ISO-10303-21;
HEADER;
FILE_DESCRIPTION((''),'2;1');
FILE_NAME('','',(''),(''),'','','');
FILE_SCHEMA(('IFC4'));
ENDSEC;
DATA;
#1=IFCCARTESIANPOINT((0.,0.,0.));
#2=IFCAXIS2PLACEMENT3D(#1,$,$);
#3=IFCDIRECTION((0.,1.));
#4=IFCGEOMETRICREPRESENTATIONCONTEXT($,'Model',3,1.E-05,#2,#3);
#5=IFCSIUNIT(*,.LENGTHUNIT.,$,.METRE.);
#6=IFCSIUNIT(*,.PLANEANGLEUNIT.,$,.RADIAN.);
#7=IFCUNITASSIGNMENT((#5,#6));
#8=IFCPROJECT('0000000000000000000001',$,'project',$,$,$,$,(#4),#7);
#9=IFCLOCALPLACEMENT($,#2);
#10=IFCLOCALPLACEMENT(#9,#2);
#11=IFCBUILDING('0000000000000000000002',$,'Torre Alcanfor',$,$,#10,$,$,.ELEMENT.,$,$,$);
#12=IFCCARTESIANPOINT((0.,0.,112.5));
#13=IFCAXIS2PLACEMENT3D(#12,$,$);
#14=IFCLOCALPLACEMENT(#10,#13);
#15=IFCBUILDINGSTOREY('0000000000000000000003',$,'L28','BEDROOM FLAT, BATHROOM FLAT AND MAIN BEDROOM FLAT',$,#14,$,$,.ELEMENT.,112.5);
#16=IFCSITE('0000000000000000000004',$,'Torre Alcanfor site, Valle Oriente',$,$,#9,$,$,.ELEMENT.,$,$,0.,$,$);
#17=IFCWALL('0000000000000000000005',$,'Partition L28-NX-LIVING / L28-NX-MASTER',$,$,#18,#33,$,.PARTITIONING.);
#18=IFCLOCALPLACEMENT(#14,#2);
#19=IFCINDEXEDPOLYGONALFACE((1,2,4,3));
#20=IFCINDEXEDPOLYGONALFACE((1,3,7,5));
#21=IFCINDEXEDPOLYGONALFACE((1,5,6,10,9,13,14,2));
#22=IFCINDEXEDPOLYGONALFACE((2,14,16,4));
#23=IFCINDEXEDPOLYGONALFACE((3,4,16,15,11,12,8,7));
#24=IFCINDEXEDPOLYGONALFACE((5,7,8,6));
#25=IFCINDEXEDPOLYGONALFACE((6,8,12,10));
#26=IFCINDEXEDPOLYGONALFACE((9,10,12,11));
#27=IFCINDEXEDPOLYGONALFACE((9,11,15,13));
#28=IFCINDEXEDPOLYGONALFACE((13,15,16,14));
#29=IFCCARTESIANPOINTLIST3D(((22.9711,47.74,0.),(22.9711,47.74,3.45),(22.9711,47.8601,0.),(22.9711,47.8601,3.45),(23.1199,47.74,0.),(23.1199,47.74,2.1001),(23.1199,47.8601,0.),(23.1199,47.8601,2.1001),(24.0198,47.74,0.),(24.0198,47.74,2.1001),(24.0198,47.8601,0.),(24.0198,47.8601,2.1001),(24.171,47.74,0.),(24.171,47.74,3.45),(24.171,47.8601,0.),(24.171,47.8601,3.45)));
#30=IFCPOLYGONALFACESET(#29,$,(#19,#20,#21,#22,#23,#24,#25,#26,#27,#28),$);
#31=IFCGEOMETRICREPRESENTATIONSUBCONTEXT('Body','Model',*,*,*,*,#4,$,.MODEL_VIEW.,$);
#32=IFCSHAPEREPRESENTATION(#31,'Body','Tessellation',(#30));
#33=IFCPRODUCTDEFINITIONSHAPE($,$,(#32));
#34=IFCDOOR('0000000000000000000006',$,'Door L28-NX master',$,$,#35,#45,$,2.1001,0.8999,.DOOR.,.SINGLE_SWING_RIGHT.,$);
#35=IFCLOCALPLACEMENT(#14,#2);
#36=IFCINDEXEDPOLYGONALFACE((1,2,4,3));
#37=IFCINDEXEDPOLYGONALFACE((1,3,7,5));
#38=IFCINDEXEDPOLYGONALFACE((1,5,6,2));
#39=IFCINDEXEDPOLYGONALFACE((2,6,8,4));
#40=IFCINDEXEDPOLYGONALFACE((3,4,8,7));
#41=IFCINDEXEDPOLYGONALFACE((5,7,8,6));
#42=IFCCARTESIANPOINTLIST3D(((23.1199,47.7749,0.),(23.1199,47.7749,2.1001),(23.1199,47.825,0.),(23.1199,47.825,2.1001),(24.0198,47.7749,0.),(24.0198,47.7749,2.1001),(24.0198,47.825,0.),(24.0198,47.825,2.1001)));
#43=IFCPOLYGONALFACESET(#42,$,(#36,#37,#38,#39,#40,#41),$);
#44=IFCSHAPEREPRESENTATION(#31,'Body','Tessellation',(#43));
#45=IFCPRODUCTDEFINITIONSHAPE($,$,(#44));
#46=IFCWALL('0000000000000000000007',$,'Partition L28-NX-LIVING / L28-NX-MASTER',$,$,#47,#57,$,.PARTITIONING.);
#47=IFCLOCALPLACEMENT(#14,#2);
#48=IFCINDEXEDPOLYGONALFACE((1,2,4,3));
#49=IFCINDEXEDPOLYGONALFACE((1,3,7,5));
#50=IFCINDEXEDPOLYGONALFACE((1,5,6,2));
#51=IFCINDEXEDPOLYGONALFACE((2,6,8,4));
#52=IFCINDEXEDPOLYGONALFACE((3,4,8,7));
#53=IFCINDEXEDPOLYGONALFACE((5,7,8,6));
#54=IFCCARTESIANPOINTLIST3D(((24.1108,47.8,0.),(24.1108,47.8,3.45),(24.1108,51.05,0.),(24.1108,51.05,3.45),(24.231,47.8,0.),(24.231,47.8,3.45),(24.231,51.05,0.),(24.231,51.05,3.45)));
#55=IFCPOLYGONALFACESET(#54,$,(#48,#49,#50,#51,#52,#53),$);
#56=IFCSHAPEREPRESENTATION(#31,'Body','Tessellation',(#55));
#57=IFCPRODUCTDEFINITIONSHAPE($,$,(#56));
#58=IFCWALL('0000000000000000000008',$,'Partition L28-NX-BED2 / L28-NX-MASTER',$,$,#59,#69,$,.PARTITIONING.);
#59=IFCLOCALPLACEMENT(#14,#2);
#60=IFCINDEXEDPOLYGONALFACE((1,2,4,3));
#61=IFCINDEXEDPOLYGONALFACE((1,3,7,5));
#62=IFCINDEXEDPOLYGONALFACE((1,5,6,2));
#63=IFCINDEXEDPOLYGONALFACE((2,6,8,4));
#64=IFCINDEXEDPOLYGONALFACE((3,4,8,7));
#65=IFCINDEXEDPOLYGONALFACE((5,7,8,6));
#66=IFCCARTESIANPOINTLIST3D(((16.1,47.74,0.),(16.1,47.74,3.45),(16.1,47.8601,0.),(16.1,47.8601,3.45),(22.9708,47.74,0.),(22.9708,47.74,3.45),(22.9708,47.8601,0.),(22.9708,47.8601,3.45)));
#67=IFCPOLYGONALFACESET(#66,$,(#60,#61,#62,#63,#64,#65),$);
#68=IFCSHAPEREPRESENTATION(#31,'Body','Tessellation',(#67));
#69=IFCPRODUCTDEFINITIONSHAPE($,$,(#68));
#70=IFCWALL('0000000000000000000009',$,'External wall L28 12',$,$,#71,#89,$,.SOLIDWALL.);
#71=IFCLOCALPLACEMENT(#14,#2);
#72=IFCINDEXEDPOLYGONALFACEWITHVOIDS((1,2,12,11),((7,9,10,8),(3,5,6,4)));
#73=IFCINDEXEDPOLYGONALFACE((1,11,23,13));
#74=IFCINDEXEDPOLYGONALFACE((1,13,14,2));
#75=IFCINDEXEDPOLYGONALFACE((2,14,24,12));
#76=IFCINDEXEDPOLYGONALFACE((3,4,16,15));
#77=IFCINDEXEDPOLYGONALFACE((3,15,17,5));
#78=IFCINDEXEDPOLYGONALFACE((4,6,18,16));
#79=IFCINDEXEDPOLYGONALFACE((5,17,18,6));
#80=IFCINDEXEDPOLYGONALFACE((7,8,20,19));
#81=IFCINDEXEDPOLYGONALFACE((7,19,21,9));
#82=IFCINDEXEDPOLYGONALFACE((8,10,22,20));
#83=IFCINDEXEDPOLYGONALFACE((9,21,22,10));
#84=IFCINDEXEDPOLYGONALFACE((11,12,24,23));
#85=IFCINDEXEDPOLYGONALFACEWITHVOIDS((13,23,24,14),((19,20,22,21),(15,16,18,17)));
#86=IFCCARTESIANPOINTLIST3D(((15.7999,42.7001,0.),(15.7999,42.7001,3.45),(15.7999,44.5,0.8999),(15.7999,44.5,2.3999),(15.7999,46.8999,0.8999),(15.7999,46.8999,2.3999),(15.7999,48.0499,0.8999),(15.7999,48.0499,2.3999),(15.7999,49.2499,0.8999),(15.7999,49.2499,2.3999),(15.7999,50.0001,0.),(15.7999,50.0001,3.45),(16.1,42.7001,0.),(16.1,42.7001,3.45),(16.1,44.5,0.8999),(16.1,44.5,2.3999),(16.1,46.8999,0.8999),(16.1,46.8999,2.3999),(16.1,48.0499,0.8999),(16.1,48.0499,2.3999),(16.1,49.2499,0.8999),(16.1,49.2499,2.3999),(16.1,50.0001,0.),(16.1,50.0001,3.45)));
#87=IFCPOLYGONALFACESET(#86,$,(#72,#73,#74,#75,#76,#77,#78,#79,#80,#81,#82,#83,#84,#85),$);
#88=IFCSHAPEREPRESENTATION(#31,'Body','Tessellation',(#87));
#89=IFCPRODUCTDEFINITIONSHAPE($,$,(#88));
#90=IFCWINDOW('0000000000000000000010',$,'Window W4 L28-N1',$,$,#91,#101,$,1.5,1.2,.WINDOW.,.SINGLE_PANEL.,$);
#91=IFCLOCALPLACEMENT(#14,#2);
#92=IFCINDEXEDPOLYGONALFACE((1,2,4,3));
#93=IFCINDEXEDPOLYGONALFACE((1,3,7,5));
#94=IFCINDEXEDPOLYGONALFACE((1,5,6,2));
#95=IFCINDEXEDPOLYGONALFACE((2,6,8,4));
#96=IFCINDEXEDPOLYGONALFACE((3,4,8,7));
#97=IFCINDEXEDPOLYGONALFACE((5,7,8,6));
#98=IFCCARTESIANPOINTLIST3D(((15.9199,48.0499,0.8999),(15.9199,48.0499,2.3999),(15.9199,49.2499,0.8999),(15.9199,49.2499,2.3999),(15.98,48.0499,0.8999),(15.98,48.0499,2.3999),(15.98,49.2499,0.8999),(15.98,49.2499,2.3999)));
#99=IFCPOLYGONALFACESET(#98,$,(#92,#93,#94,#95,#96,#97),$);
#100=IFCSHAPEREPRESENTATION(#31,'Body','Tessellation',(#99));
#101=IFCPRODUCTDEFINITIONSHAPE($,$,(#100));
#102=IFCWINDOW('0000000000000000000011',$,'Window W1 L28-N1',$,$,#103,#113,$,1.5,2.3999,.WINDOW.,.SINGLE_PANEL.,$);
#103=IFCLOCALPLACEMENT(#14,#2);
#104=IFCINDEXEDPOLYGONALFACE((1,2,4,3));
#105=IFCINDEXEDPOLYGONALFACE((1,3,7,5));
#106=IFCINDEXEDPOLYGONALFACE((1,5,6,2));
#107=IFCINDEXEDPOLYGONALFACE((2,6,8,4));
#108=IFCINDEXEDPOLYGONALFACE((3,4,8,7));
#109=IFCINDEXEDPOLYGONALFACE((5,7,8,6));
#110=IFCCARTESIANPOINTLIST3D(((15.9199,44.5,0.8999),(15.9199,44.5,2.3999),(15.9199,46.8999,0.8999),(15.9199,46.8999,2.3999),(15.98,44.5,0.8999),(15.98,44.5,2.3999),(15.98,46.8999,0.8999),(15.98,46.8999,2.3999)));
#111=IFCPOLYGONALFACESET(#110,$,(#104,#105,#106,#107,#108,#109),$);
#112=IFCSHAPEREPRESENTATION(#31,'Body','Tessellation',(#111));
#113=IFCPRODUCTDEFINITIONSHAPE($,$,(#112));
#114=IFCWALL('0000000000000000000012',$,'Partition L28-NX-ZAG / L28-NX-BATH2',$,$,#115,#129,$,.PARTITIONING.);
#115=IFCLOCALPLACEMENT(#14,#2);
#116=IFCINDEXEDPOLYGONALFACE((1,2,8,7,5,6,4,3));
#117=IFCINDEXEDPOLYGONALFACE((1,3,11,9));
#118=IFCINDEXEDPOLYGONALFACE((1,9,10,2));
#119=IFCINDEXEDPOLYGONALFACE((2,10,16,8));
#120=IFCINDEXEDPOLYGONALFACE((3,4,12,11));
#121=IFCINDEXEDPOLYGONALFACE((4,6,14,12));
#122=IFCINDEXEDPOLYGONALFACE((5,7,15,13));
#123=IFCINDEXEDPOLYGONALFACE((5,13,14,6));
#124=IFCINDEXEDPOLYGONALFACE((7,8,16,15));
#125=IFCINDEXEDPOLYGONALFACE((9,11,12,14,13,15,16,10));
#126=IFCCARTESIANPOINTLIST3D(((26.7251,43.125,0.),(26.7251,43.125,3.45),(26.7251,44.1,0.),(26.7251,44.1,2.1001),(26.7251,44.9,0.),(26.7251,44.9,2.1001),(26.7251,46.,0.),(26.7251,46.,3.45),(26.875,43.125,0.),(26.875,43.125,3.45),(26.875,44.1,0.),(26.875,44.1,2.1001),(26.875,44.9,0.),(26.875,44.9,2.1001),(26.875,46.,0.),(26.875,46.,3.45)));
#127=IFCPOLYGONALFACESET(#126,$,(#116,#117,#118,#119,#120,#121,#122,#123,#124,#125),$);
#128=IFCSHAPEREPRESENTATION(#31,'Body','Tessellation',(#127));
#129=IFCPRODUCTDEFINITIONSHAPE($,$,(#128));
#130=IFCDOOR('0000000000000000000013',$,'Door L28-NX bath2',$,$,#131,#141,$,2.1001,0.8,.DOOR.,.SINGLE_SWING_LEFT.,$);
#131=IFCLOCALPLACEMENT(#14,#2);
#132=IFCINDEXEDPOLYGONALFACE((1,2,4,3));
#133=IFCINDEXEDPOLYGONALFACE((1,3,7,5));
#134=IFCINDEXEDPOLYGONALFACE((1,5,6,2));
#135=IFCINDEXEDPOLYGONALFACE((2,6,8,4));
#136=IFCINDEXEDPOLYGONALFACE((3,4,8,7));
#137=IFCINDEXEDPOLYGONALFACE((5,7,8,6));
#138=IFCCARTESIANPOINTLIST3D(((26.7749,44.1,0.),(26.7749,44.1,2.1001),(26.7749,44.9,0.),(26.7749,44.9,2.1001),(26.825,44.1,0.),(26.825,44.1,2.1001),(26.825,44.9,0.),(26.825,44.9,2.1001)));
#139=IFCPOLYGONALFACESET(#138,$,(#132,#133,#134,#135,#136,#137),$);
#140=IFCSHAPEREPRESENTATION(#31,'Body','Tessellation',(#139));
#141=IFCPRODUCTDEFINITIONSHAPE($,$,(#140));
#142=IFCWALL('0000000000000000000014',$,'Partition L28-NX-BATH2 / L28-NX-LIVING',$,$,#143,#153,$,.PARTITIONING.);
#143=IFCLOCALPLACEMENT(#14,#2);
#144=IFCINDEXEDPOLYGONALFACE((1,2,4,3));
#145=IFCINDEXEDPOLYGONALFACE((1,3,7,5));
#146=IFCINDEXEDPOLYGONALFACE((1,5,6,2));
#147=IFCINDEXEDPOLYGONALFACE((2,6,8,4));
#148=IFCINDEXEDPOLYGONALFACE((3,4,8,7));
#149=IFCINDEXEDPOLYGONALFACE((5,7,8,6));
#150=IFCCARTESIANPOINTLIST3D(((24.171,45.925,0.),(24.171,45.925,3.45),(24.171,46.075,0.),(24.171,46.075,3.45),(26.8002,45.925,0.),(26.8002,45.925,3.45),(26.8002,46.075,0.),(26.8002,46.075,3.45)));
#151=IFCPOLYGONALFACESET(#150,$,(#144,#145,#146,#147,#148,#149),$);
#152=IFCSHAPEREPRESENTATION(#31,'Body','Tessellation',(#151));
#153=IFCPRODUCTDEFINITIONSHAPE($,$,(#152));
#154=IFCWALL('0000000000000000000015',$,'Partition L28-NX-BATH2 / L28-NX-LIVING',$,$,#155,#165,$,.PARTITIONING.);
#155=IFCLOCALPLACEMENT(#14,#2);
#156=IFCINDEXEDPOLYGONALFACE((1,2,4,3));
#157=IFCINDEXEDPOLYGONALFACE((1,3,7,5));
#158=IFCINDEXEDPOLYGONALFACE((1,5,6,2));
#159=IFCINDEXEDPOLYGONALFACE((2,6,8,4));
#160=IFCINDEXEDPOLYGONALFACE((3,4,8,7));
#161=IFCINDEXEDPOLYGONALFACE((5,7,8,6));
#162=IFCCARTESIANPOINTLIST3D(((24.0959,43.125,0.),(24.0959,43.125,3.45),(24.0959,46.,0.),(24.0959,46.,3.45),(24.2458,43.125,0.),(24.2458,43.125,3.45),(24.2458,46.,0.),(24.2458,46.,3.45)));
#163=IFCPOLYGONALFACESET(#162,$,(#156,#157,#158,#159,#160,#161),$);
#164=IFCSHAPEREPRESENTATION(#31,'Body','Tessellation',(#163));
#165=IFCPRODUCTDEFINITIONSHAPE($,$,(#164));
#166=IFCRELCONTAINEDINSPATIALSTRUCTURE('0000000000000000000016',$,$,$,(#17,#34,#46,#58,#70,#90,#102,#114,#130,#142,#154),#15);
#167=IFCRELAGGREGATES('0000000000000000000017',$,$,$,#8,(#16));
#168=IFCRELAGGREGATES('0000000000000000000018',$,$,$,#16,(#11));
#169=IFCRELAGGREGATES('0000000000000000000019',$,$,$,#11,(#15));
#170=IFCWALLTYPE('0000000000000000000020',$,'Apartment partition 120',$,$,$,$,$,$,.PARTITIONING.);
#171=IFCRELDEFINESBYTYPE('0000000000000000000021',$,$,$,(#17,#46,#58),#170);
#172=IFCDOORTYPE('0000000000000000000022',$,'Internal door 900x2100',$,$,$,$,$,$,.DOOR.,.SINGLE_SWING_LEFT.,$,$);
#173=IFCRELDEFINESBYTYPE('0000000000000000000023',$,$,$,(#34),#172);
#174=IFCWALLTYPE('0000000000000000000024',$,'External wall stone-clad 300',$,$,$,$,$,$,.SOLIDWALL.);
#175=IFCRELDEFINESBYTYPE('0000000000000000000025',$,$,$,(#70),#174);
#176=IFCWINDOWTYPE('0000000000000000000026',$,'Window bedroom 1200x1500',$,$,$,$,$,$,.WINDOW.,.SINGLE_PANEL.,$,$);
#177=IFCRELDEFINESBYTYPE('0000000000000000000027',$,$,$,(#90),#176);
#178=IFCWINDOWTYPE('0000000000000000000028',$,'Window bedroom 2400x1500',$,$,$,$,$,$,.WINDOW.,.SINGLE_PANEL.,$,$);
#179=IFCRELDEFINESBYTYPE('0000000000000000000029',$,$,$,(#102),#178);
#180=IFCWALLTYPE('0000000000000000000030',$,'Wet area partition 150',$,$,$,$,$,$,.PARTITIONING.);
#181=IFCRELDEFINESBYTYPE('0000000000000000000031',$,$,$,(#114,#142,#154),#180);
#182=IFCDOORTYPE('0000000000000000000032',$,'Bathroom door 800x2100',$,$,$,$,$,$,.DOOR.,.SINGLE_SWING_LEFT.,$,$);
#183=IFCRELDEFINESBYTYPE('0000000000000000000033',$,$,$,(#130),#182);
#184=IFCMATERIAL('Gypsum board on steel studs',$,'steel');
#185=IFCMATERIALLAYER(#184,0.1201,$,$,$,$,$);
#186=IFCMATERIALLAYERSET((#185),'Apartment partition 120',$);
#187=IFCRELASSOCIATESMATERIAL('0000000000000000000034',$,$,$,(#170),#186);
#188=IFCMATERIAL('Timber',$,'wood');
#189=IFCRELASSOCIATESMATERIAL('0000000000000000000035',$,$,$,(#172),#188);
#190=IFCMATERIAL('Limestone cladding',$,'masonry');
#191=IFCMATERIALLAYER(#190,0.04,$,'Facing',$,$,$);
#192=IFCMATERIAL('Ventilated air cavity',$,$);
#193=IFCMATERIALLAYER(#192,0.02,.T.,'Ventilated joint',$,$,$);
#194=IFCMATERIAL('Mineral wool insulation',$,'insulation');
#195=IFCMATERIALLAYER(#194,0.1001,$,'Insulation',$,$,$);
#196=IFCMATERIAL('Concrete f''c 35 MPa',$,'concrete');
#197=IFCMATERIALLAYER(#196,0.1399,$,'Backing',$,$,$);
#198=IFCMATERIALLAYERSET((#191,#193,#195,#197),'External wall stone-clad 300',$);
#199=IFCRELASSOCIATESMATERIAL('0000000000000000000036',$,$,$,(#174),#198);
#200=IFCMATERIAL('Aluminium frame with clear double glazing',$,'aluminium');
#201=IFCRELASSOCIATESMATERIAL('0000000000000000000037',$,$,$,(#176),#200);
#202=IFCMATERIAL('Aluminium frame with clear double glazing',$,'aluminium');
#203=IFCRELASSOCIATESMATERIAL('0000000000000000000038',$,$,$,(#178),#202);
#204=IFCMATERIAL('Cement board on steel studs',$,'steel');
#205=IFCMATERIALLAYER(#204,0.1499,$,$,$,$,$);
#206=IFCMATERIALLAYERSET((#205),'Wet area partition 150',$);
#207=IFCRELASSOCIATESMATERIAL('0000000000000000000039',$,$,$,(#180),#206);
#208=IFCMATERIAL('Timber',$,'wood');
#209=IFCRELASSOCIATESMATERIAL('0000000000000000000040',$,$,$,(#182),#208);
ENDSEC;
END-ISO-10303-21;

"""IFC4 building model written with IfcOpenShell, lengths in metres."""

from ifc_helpers import new_model, si_unit, direction, frame, frame_2d, origin, place, context, subcontext, project, spatial, rectangle, extrude, material, layer, layer_set, type_object, element, fill, save


model = new_model("IFC4")

# Units and contexts
model_context = context("Model", 3, precision=1e-05, world=origin(), true_north=direction((0.0, 1.0)))
body_context = subcontext(model_context, "Body", "Model", "MODEL_VIEW")
ifc_project = project(units=[si_unit("LENGTHUNIT", "METRE"), si_unit("PLANEANGLEUNIT", "RADIAN")], contexts=[model_context])

# Site, building, storey
site_placement = place(None, origin())
site = spatial("IfcSite", under=ifc_project, at=site_placement, Name="Torre Alcanfor site, Valle Oriente", CompositionType="ELEMENT", RefElevation=0.0)
building_placement = place(site_placement, origin())
building = spatial("IfcBuilding", under=site, at=building_placement, Name="Torre Alcanfor", CompositionType="ELEMENT")
storey_placement = place(building_placement, frame((0.0, 0.0, 112.5)))
storey = spatial("IfcBuildingStorey", under=building, at=storey_placement, Name="L28", Description="BEDROOM FLAT, BATHROOM FLAT AND MAIN BEDROOM FLAT", CompositionType="ELEMENT", Elevation=112.5)

# Wall, opening, door
ifc_material_1 = material(Name="Gypsum board on steel studs", Category="steel")
ifc_layer_1 = layer(ifc_material_1, 0.1201)
ifc_layer_set_1 = layer_set([ifc_layer_1], Name="Apartment partition 120")
wall_type_1 = type_object("IfcWallType", Name="Apartment partition 120", PredefinedType="PARTITIONING", material=ifc_layer_set_1)
ifc_material_2 = material(Name="Timber", Category="wood")
door_type_1 = type_object("IfcDoorType", Name="Internal door 900x2100", OperationType="SINGLE_SWING_LEFT", PredefinedType="DOOR", material=ifc_material_2)
wall_1_placement = place(storey_placement, frame((22.9709, 47.8, 0.0), z_axis=(0.0, 0.0, 1.0), x_axis=(1.0, 0.0, 0.0)))
wall_1 = element("IfcWall", 1, at=wall_1_placement, inside=storey, type_object=wall_type_1, Name="Partition L28-NX-LIVING / L28-NX-MASTER", PredefinedType="PARTITIONING", context=body_context, shape_type="SweptSolid", body=[
    extrude(rectangle(XDim=1.2, YDim=0.1201, at=frame_2d((0.6001, 0.0))), origin(), (0.0, 0.0, 1.0), 3.45),
])
opening_1_placement = place(wall_1_placement, frame((0.1489, 0.0, 0.0)))
opening_1 = element("IfcOpeningElement", 2, at=opening_1_placement, cuts=wall_1, PredefinedType="OPENING", context=body_context, shape_type="SweptSolid", body=[
    extrude(rectangle(XDim=0.8999, YDim=2.1001, at=frame_2d((0.45, 1.05))), frame((0.0, 0.0701, 0.0), z_axis=(0.0, -1.0, 0.0), x_axis=(1.0, 0.0, 0.0)), (0.0, 0.0, 1.0), 0.1401),
])
door_1_placement = place(opening_1_placement, origin())
door_1 = element("IfcDoor", 3, at=door_1_placement, inside=storey, type_object=door_type_1, Name="Door L28-NX master", OperationType="SINGLE_SWING_RIGHT", OverallHeight=2.1001, OverallWidth=0.8999, PredefinedType="DOOR", context=body_context, shape_type="SweptSolid", body=[
    extrude(rectangle(XDim=0.8999, YDim=2.1001, at=frame_2d((0.45, 1.05))), frame((0.0, 0.0249, 0.0), z_axis=(0.0, -1.0, 0.0), x_axis=(1.0, 0.0, 0.0)), (0.0, 0.0, 1.0), 0.05),
])
fill(opening_1, door_1)

# Walls
wall_2_placement = place(storey_placement, frame((24.1709, 47.8, 0.0), z_axis=(0.0, 0.0, 1.0), x_axis=(0.0, 1.0, 0.0)))
element("IfcWall", 4, at=wall_2_placement, inside=storey, type_object=wall_type_1, Name="Partition L28-NX-LIVING / L28-NX-MASTER", PredefinedType="PARTITIONING", context=body_context, shape_type="SweptSolid", body=[
    extrude(rectangle(XDim=3.25, YDim=0.1201, at=frame_2d((1.625, 0.0))), origin(), (0.0, 0.0, 1.0), 3.45),
])
wall_3_placement = place(storey_placement, frame((22.9709, 47.8, 0.0), z_axis=(0.0, 0.0, 1.0), x_axis=(-1.0, 0.0, 0.0)))
element("IfcWall", 5, at=wall_3_placement, inside=storey, type_object=wall_type_1, Name="Partition L28-NX-BED2 / L28-NX-MASTER", PredefinedType="PARTITIONING", context=body_context, shape_type="SweptSolid", body=[
    extrude(rectangle(XDim=6.8708, YDim=0.1201, at=frame_2d((3.4355, 0.0))), origin(), (0.0, 0.0, 1.0), 3.45),
])

# Wall, openings, windows
ifc_material_3 = material(Name="Limestone cladding", Category="masonry")
ifc_layer_2 = layer(ifc_material_3, 0.04, Name="Facing")
ifc_material_4 = material(Name="Ventilated air cavity")
ifc_layer_3 = layer(ifc_material_4, 0.02, ventilated=True, Name="Ventilated joint")
ifc_material_5 = material(Name="Mineral wool insulation", Category="insulation")
ifc_layer_4 = layer(ifc_material_5, 0.1001, Name="Insulation")
ifc_material_6 = material(Name="Concrete f'c 35 MPa", Category="concrete")
ifc_layer_5 = layer(ifc_material_6, 0.1399, Name="Backing")
ifc_layer_set_2 = layer_set([ifc_layer_2, ifc_layer_3, ifc_layer_4, ifc_layer_5], Name="External wall stone-clad 300")
wall_type_2 = type_object("IfcWallType", Name="External wall stone-clad 300", PredefinedType="SOLIDWALL", material=ifc_layer_set_2)
wall_4_placement = place(storey_placement, frame((15.95, 50.0, 0.0), z_axis=(0.0, 0.0, 1.0), x_axis=(0.0, -1.0, 0.0)))
wall_4 = element("IfcWall", 6, at=wall_4_placement, inside=storey, type_object=wall_type_2, Name="External wall L28 12", PredefinedType="SOLIDWALL", context=body_context, shape_type="SweptSolid", body=[
    extrude(rectangle(XDim=7.3, YDim=0.3, at=frame_2d((3.6499, 0.0))), origin(), (0.0, 0.0, 1.0), 3.45),
])
opening_2_placement = place(wall_4_placement, frame((3.1001, 0.0, 0.8999)))
opening_2 = element("IfcOpeningElement", 7, at=opening_2_placement, cuts=wall_4, PredefinedType="OPENING", context=body_context, shape_type="SweptSolid", body=[
    extrude(rectangle(XDim=2.3999, YDim=1.5, at=frame_2d((1.2, 0.75))), frame((0.0, 0.1599, 0.0), z_axis=(0.0, -1.0, 0.0), x_axis=(1.0, 0.0, 0.0)), (0.0, 0.0, 1.0), 0.3201),
])
opening_3_placement = place(wall_4_placement, frame((0.75, 0.0, 0.8999)))
opening_3 = element("IfcOpeningElement", 8, at=opening_3_placement, cuts=wall_4, PredefinedType="OPENING", context=body_context, shape_type="SweptSolid", body=[
    extrude(rectangle(XDim=1.2, YDim=1.5, at=frame_2d((0.6001, 0.75))), frame((0.0, 0.1599, 0.0), z_axis=(0.0, -1.0, 0.0), x_axis=(1.0, 0.0, 0.0)), (0.0, 0.0, 1.0), 0.3201),
])
ifc_material_7 = material(Name="Aluminium frame with clear double glazing", Category="aluminium")
window_type_1 = type_object("IfcWindowType", Name="Window bedroom 1200x1500", PartitioningType="SINGLE_PANEL", PredefinedType="WINDOW", material=ifc_material_7)
window_1_placement = place(opening_3_placement, origin())
window_1 = element("IfcWindow", 9, at=window_1_placement, inside=storey, type_object=window_type_1, Name="Window W4 L28-N1", OverallHeight=1.5, OverallWidth=1.2, PartitioningType="SINGLE_PANEL", PredefinedType="WINDOW", context=body_context, shape_type="SweptSolid", body=[
    extrude(rectangle(XDim=1.2, YDim=1.5, at=frame_2d((0.6001, 0.75))), frame((0.0, 0.03, 0.0), z_axis=(0.0, -1.0, 0.0), x_axis=(1.0, 0.0, 0.0)), (0.0, 0.0, 1.0), 0.0601),
])
fill(opening_3, window_1)
ifc_material_8 = material(Name="Aluminium frame with clear double glazing", Category="aluminium")
window_type_2 = type_object("IfcWindowType", Name="Window bedroom 2400x1500", PartitioningType="SINGLE_PANEL", PredefinedType="WINDOW", material=ifc_material_8)
window_2_placement = place(opening_2_placement, origin())
window_2 = element("IfcWindow", 10, at=window_2_placement, inside=storey, type_object=window_type_2, Name="Window W1 L28-N1", OverallHeight=1.5, OverallWidth=2.3999, PartitioningType="SINGLE_PANEL", PredefinedType="WINDOW", context=body_context, shape_type="SweptSolid", body=[
    extrude(rectangle(XDim=2.3999, YDim=1.5, at=frame_2d((1.2, 0.75))), frame((0.0, 0.03, 0.0), z_axis=(0.0, -1.0, 0.0), x_axis=(1.0, 0.0, 0.0)), (0.0, 0.0, 1.0), 0.0601),
])
fill(opening_2, window_2)

# Wall, opening, door
ifc_material_9 = material(Name="Cement board on steel studs", Category="steel")
ifc_layer_6 = layer(ifc_material_9, 0.1499)
ifc_layer_set_3 = layer_set([ifc_layer_6], Name="Wet area partition 150")
wall_type_3 = type_object("IfcWallType", Name="Wet area partition 150", PredefinedType="PARTITIONING", material=ifc_layer_set_3)
wall_5_placement = place(storey_placement, frame((26.8, 46.0, 0.0), z_axis=(0.0, 0.0, 1.0), x_axis=(0.0, -1.0, 0.0)))
wall_5 = element("IfcWall", 11, at=wall_5_placement, inside=storey, type_object=wall_type_3, Name="Partition L28-NX-ZAG / L28-NX-BATH2", PredefinedType="PARTITIONING", context=body_context, shape_type="SweptSolid", body=[
    extrude(rectangle(XDim=2.875, YDim=0.1499, at=frame_2d((1.4375, 0.0))), origin(), (0.0, 0.0, 1.0), 3.45),
])
opening_4_placement = place(wall_5_placement, frame((1.1001, 0.0, 0.0)))
opening_4 = element("IfcOpeningElement", 12, at=opening_4_placement, cuts=wall_5, PredefinedType="OPENING", context=body_context, shape_type="SweptSolid", body=[
    extrude(rectangle(XDim=0.8, YDim=2.1001, at=frame_2d((0.3999, 1.05))), frame((0.0, 0.085, 0.0), z_axis=(0.0, -1.0, 0.0), x_axis=(1.0, 0.0, 0.0)), (0.0, 0.0, 1.0), 0.1699),
])
ifc_material_10 = material(Name="Timber", Category="wood")
door_type_2 = type_object("IfcDoorType", Name="Bathroom door 800x2100", OperationType="SINGLE_SWING_LEFT", PredefinedType="DOOR", material=ifc_material_10)
door_2_placement = place(opening_4_placement, frame((0.8, 0.0, 0.0), z_axis=(0.0, 0.0, 1.0), x_axis=(-1.0, 0.0, 0.0)))
door_2 = element("IfcDoor", 13, at=door_2_placement, inside=storey, type_object=door_type_2, Name="Door L28-NX bath2", OperationType="SINGLE_SWING_LEFT", OverallHeight=2.1001, OverallWidth=0.8, PredefinedType="DOOR", context=body_context, shape_type="SweptSolid", body=[
    extrude(rectangle(XDim=0.8, YDim=2.1001, at=frame_2d((0.4001, 1.05))), frame((0.0, 0.0251, 0.0), z_axis=(0.0, -1.0, 0.0), x_axis=(1.0, 0.0, 0.0)), (0.0, 0.0, 1.0), 0.05),
])
fill(opening_4, door_2)

# Walls
wall_6_placement = place(storey_placement, frame((26.8, 46.0, 0.0), z_axis=(0.0, 0.0, 1.0), x_axis=(-1.0, 0.0, 0.0)))
element("IfcWall", 14, at=wall_6_placement, inside=storey, type_object=wall_type_3, Name="Partition L28-NX-BATH2 / L28-NX-LIVING", PredefinedType="PARTITIONING", context=body_context, shape_type="SweptSolid", body=[
    extrude(rectangle(XDim=2.6292, YDim=0.1499, at=frame_2d((1.3145, 0.0))), origin(), (0.0, 0.0, 1.0), 3.45),
])
wall_7_placement = place(storey_placement, frame((24.1709, 46.0, 0.0), z_axis=(0.0, 0.0, 1.0), x_axis=(0.0, -1.0, 0.0)))
element("IfcWall", 15, at=wall_7_placement, inside=storey, type_object=wall_type_3, Name="Partition L28-NX-BATH2 / L28-NX-LIVING", PredefinedType="PARTITIONING", context=body_context, shape_type="SweptSolid", body=[
    extrude(rectangle(XDim=2.875, YDim=0.1499, at=frame_2d((1.4375, 0.0))), origin(), (0.0, 0.0, 1.0), 3.45),
])

save(model, "model.ifc")
